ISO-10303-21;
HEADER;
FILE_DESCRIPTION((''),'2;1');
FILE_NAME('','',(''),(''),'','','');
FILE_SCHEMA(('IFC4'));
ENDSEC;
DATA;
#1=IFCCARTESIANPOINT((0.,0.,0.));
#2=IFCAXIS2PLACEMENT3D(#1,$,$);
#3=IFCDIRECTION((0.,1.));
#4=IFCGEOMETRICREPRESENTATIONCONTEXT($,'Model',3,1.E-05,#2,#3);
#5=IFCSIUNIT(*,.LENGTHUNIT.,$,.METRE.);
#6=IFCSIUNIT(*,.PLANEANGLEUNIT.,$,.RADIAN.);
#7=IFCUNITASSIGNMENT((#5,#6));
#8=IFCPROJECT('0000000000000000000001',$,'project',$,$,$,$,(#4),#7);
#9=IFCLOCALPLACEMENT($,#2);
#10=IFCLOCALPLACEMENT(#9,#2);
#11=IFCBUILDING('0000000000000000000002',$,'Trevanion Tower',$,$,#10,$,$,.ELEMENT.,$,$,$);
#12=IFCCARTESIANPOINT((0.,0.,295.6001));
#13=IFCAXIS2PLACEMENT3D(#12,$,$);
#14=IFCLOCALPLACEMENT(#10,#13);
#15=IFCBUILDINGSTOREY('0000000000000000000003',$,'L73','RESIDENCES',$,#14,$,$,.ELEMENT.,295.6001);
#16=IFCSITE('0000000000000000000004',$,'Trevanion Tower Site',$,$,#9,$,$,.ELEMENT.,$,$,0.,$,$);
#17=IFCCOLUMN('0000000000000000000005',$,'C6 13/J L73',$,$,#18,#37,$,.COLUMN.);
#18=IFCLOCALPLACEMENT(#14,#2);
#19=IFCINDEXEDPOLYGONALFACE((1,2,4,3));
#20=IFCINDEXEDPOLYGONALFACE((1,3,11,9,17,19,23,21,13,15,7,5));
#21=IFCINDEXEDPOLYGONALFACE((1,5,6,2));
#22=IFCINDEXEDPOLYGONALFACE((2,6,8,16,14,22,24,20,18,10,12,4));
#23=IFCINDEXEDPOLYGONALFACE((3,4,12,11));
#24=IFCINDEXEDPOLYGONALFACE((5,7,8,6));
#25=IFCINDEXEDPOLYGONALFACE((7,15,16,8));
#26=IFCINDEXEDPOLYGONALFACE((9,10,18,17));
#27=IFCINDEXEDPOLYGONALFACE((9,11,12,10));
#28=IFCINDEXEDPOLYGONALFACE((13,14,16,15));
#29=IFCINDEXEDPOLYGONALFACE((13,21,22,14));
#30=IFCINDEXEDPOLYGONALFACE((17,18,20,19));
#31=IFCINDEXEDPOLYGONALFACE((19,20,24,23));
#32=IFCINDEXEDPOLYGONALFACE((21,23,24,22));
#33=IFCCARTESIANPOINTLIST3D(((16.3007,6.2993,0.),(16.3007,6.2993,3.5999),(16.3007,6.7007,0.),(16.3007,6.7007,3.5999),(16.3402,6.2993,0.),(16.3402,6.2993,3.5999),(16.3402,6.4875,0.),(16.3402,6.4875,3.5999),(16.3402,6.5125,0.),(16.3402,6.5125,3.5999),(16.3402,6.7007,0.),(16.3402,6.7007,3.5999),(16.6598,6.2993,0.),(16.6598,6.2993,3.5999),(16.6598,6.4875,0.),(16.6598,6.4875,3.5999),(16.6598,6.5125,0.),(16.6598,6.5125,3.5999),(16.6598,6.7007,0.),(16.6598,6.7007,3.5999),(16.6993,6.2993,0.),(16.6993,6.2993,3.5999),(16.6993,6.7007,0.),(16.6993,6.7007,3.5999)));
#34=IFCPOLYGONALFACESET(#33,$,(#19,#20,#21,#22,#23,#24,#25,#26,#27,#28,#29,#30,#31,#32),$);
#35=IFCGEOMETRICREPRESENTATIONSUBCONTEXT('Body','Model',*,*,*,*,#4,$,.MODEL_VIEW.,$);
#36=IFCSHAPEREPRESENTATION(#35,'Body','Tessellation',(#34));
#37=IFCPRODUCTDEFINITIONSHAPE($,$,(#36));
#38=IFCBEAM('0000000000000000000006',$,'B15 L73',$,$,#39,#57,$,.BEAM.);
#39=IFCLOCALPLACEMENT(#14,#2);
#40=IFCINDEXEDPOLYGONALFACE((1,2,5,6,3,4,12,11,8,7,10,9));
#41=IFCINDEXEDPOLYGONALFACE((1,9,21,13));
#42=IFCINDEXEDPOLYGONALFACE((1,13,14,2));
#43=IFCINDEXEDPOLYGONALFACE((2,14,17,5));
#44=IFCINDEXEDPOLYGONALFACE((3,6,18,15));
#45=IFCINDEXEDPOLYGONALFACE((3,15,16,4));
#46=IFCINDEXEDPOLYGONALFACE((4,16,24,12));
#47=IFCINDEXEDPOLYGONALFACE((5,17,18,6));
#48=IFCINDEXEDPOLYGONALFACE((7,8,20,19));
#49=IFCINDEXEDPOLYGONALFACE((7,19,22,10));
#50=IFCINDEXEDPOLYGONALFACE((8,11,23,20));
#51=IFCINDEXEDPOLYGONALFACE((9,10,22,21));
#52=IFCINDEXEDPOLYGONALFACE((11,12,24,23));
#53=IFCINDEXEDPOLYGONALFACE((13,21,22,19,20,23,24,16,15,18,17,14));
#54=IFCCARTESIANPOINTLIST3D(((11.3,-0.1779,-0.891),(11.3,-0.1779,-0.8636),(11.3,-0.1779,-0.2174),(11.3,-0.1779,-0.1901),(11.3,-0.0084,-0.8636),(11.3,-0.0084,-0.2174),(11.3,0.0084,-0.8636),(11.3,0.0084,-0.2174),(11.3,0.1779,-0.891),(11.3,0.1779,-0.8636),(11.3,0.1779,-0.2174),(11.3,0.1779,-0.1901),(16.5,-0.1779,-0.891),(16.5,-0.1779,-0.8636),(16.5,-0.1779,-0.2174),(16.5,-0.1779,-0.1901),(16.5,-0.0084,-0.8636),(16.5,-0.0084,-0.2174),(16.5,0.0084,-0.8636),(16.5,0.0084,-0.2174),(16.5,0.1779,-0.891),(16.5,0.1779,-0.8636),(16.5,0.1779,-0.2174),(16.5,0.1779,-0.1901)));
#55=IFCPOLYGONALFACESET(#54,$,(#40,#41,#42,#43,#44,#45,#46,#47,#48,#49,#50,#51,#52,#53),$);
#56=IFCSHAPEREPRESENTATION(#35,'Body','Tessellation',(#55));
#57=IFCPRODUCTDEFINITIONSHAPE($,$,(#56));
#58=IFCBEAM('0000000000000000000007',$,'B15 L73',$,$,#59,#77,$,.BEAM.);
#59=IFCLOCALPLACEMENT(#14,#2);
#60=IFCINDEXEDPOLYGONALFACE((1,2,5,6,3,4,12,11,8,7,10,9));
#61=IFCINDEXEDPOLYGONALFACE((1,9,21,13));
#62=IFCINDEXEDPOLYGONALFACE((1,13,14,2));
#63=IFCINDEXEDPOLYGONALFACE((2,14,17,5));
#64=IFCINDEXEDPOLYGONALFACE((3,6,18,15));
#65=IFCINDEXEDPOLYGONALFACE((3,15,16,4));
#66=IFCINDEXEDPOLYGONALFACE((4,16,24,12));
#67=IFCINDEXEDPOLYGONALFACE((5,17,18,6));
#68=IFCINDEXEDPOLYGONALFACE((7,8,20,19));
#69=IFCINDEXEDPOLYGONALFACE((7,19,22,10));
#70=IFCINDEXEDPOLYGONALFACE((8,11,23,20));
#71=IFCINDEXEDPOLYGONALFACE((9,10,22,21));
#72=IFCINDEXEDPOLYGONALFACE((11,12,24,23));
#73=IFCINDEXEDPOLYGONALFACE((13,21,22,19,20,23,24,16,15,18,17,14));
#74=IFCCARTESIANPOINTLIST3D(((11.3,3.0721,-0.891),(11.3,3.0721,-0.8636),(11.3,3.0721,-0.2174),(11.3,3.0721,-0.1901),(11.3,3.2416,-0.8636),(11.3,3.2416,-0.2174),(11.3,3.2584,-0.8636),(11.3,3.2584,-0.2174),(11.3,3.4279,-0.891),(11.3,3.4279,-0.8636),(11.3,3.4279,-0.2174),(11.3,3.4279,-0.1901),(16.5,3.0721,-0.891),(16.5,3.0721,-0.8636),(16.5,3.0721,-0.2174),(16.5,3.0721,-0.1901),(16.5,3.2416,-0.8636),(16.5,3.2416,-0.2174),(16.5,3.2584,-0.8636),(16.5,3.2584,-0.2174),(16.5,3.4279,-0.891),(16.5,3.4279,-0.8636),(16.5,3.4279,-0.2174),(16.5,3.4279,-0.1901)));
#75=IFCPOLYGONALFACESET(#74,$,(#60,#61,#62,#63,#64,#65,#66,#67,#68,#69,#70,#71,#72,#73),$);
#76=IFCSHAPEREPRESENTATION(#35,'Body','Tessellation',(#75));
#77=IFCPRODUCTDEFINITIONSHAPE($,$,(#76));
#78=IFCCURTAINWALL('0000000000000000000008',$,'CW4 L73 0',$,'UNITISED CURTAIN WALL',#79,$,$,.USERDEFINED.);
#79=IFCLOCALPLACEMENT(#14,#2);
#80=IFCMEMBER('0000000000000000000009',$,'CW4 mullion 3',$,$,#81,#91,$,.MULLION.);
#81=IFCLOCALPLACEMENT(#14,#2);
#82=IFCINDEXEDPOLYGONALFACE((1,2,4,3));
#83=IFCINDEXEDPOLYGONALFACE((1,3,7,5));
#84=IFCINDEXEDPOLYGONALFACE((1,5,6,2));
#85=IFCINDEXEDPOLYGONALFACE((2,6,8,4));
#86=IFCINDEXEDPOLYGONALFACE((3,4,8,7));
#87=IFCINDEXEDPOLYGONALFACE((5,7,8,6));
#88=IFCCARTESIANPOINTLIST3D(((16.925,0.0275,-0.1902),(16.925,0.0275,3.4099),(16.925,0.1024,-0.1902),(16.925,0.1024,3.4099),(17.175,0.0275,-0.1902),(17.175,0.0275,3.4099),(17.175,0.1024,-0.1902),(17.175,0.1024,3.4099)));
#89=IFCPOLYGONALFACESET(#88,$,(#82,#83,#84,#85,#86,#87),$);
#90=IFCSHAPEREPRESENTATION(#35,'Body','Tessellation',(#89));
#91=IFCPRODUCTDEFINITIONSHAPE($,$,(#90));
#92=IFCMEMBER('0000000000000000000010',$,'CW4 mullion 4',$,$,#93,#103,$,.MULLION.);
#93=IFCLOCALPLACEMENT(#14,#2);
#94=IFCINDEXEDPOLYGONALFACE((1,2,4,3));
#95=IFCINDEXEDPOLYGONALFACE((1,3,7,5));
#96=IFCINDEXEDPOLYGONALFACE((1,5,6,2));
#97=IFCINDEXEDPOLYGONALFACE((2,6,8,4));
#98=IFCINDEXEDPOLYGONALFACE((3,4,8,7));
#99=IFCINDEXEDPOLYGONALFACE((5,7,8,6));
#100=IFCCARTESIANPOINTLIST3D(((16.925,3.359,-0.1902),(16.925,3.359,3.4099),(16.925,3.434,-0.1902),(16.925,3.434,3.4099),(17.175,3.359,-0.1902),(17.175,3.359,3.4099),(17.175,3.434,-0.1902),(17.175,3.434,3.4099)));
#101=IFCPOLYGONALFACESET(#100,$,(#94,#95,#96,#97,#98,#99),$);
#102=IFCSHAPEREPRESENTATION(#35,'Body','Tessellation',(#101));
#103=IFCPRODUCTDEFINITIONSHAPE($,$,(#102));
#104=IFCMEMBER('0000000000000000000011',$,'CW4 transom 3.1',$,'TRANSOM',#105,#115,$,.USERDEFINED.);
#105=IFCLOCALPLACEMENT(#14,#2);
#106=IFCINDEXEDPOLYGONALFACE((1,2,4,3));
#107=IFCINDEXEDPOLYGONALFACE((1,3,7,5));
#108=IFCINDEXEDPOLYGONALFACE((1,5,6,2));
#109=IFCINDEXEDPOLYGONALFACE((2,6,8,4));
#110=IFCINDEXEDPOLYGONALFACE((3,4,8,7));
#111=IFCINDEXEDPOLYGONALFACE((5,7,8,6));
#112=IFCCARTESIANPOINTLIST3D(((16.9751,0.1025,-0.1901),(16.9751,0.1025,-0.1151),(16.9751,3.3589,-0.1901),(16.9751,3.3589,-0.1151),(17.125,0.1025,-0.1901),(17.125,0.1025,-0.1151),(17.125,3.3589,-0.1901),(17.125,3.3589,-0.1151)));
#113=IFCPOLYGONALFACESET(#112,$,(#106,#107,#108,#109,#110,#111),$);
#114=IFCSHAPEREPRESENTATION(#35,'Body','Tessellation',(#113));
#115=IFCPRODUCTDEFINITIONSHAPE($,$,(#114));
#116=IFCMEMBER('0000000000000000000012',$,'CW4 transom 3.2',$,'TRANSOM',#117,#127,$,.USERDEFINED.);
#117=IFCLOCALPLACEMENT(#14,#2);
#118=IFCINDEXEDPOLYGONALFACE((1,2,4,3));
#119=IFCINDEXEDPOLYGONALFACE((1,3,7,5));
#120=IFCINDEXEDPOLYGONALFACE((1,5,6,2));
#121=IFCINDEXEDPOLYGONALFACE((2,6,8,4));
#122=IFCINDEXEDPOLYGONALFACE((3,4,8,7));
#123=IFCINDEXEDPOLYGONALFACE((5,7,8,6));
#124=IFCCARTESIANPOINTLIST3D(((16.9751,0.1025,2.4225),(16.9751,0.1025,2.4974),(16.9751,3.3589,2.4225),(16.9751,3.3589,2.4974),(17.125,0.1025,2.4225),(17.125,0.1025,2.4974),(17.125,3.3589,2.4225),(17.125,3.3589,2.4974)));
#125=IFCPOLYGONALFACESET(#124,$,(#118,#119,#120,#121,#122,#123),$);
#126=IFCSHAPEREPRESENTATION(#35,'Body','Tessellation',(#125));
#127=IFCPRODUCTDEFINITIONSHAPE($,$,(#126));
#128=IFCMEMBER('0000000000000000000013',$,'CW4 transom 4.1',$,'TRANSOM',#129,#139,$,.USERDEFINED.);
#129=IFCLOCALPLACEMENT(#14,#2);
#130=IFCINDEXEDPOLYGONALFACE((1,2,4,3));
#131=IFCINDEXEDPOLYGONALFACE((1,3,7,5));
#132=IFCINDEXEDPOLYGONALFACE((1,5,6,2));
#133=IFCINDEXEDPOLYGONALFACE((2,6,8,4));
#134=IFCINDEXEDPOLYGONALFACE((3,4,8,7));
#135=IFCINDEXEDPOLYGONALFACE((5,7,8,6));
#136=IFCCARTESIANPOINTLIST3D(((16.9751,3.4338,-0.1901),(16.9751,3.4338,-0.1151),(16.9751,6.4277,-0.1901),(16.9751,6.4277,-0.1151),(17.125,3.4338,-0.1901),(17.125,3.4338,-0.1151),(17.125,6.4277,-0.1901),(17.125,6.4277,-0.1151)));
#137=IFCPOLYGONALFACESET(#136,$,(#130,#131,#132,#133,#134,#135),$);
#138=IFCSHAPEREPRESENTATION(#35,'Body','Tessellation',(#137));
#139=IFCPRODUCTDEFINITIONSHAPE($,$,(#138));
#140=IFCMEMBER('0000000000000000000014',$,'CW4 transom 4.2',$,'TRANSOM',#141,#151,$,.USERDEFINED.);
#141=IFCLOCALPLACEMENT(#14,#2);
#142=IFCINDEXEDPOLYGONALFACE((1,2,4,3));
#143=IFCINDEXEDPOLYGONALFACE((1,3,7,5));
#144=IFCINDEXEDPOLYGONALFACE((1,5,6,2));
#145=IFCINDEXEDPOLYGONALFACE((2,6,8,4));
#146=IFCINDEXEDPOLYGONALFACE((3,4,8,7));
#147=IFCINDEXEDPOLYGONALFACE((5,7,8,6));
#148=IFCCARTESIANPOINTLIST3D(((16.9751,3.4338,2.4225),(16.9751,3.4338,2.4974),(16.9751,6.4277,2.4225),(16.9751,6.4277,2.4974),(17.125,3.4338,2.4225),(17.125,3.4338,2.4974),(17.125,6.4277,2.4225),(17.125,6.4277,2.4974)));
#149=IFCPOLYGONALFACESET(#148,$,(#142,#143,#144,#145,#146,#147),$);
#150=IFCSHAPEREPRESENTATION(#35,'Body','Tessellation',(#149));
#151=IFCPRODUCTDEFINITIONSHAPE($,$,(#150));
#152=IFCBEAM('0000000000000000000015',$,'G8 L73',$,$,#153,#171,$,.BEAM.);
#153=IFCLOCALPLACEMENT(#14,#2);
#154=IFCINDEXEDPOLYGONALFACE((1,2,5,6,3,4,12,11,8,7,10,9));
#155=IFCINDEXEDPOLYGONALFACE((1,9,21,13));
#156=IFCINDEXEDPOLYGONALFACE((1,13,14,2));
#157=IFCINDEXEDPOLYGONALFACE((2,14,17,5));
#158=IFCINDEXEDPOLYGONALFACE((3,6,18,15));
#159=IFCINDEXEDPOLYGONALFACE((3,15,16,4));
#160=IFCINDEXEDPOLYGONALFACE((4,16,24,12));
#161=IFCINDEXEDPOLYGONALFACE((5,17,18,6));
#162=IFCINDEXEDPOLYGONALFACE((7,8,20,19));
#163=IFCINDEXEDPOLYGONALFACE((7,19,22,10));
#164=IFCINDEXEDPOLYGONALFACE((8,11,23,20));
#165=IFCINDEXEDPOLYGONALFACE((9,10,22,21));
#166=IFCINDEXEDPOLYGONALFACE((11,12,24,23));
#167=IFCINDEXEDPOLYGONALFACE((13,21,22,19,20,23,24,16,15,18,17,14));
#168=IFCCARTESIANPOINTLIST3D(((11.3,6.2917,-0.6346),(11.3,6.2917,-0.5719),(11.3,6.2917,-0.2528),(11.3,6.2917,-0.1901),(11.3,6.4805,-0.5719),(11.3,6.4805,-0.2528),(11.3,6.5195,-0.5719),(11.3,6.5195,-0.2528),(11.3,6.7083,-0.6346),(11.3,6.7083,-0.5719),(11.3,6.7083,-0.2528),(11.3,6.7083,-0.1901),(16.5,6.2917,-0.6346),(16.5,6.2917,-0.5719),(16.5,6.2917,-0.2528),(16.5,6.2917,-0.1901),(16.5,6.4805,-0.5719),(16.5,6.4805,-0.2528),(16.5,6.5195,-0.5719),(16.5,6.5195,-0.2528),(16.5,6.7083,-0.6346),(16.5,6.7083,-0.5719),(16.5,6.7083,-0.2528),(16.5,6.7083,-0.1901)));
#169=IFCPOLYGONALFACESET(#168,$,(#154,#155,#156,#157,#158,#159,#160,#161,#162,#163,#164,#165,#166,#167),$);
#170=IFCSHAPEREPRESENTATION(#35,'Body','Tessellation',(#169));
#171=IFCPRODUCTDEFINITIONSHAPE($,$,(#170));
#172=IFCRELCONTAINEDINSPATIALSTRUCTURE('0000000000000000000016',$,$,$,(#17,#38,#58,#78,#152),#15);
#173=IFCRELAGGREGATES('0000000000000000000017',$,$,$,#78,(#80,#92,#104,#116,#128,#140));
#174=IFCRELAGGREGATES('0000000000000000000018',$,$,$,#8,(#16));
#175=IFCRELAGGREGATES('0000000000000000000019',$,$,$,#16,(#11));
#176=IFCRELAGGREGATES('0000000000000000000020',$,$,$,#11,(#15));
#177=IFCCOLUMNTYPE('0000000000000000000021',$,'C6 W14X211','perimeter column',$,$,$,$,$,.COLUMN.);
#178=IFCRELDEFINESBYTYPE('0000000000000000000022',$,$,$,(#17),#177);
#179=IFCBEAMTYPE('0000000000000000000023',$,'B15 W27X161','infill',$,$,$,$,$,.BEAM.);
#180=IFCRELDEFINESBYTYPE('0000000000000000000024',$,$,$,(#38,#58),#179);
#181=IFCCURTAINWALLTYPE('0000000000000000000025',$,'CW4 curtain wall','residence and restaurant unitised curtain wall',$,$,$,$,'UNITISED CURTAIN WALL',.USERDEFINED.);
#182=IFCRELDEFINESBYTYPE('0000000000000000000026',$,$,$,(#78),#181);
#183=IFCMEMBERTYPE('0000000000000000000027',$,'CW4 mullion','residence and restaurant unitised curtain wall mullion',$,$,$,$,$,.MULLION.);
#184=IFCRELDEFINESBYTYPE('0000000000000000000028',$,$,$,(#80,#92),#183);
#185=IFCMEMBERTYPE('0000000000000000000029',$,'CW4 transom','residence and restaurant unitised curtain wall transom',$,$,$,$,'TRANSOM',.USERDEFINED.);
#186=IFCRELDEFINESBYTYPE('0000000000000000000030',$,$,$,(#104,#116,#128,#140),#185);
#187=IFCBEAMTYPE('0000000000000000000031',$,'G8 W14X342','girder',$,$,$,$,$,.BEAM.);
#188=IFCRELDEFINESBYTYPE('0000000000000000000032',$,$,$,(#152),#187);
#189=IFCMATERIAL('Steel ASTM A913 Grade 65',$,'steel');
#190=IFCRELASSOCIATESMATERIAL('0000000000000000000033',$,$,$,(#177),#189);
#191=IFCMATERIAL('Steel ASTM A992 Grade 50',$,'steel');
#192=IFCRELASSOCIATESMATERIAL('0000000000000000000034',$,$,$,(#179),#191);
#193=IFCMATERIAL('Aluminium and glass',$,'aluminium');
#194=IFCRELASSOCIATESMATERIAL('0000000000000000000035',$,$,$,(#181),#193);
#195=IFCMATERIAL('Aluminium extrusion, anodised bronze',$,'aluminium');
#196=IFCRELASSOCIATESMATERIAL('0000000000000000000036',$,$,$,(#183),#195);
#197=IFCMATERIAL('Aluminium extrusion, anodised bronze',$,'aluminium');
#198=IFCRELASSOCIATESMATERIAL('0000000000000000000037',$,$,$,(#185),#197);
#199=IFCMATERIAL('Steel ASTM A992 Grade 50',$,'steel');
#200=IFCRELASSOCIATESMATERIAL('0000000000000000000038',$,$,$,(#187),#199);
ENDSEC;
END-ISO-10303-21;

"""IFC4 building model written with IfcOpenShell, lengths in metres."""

from ifc_helpers import new_model, si_unit, direction, frame, origin, origin_2d, place, context, subcontext, project, spatial, rectangle, i_section, extrude, material, material_profile, profile_set, type_object, element, aggregate, save


model = new_model("IFC4")

# Units and contexts
model_context = context("Model", 3, precision=1e-05, world=origin(), true_north=direction((0.0, 1.0)))
body_context = subcontext(model_context, "Body", "Model", "MODEL_VIEW")
ifc_project = project(units=[si_unit("LENGTHUNIT", "METRE"), si_unit("PLANEANGLEUNIT", "RADIAN")], contexts=[model_context])

# Site, building, storey
site_placement = place(None, origin())
site = spatial("IfcSite", under=ifc_project, at=site_placement, Name="Trevanion Tower Site", CompositionType="ELEMENT", RefElevation=0.0)
building_placement = place(site_placement, origin())
building = spatial("IfcBuilding", under=site, at=building_placement, Name="Trevanion Tower", CompositionType="ELEMENT")
storey_placement = place(building_placement, frame((0.0, 0.0, 295.6001)))
storey = spatial("IfcBuildingStorey", under=building, at=storey_placement, Name="L73", Description="RESIDENCES", CompositionType="ELEMENT", Elevation=295.6001)

# Column
ifc_material_1 = material(Name="Steel ASTM A913 Grade 65", Category="steel")
ifc_material_profile_1 = material_profile(ifc_material_1, i_section(OverallWidth=0.4014, OverallDepth=0.3987, WebThickness=0.0249, FlangeThickness=0.0396, at=origin_2d()), Name="W14X211")
ifc_profile_set_1 = profile_set([ifc_material_profile_1], Name="Steel ASTM A913 Grade 65")
column_type = type_object("IfcColumnType", Name="C6 W14X211", Description="perimeter column", PredefinedType="COLUMN", material=ifc_profile_set_1)
column_placement = place(storey_placement, frame((16.5, 6.5, 0.0), z_axis=(0.0, 0.0, 1.0), x_axis=(0.0, 1.0, 0.0)))
element("IfcColumn", 1, at=column_placement, inside=storey, type_object=column_type, Name="C6 13/J L73", PredefinedType="COLUMN", context=body_context, shape_type="SweptSolid", body=[
    extrude(i_section(OverallWidth=0.4014, OverallDepth=0.3987, WebThickness=0.0249, FlangeThickness=0.0396, at=origin_2d()), origin(), (0.0, 0.0, 1.0), 3.5999),
])

# Beams
ifc_material_2 = material(Name="Steel ASTM A992 Grade 50", Category="steel")
ifc_material_profile_2 = material_profile(ifc_material_2, i_section(OverallWidth=0.3557, OverallDepth=0.7009, WebThickness=0.0168, FlangeThickness=0.0273, at=origin_2d()), Name="W27X161")
ifc_profile_set_2 = profile_set([ifc_material_profile_2], Name="Steel ASTM A992 Grade 50")
beam_type_1 = type_object("IfcBeamType", Name="B15 W27X161", Description="infill", PredefinedType="BEAM", material=ifc_profile_set_2)
for number, where, z_axis, x_axis, name in (
    (2, (11.3, 0.0, -0.5405), (1.0, 0.0, 0.0), (0.0, 1.0, 0.0), "B15 L73"),
    (3, (11.3, 3.25, -0.5405), (1.0, 0.0, 0.0), (0.0, 1.0, 0.0), "B15 L73"),
):
    element("IfcBeam", number, at=place(storey_placement, frame(where, z_axis=z_axis, x_axis=x_axis)), inside=storey, type_object=beam_type_1, Name=name, PredefinedType="BEAM", context=body_context, shape_type="SweptSolid", body=[
        extrude(i_section(OverallWidth=0.3557, OverallDepth=0.7009, WebThickness=0.0168, FlangeThickness=0.0273, at=origin_2d()), origin(), (0.0, 0.0, 1.0), 5.2),
    ])

# Curtain wall, members
ifc_material_3 = material(Name="Aluminium and glass", Category="aluminium")
curtain_wall_type = type_object("IfcCurtainWallType", Name="CW4 curtain wall", Description="residence and restaurant unitised curtain wall", ElementType="UNITISED CURTAIN WALL", PredefinedType="USERDEFINED", material=ifc_material_3)
curtain_wall_placement = place(storey_placement, origin())
curtain_wall = element("IfcCurtainWall", 4, at=curtain_wall_placement, inside=storey, type_object=curtain_wall_type, Name="CW4 L73 0", ObjectType="UNITISED CURTAIN WALL", PredefinedType="USERDEFINED")
ifc_material_4 = material(Name="Aluminium extrusion, anodised bronze", Category="aluminium")
ifc_material_profile_3 = material_profile(ifc_material_4, rectangle(XDim=0.075, YDim=0.25, at=origin_2d()), Name="CW4 mullion")
ifc_profile_set_3 = profile_set([ifc_material_profile_3], Name="Aluminium extrusion, anodised bronze")
member_type_1 = type_object("IfcMemberType", Name="CW4 mullion", Description="residence and restaurant unitised curtain wall mullion", PredefinedType="MULLION", material=ifc_profile_set_3)
member_1_placement = place(storey_placement, frame((17.05, 0.0649, -0.1902), z_axis=(0.0, 0.0, 1.0), x_axis=(0.0, 1.0, 0.0)))
member_1 = element("IfcMember", 5, at=member_1_placement, type_object=member_type_1, Name="CW4 mullion 3", PredefinedType="MULLION", context=body_context, shape_type="SweptSolid", body=[
    extrude(rectangle(XDim=0.075, YDim=0.25, at=origin_2d()), origin(), (0.0, 0.0, 1.0), 3.6001),
])
member_2_placement = place(storey_placement, frame((17.05, 3.3965, -0.1902), z_axis=(0.0, 0.0, 1.0), x_axis=(0.0, 1.0, 0.0)))
member_2 = element("IfcMember", 6, at=member_2_placement, type_object=member_type_1, Name="CW4 mullion 4", PredefinedType="MULLION", context=body_context, shape_type="SweptSolid", body=[
    extrude(rectangle(XDim=0.075, YDim=0.25, at=origin_2d()), origin(), (0.0, 0.0, 1.0), 3.6001),
])
ifc_material_5 = material(Name="Aluminium extrusion, anodised bronze", Category="aluminium")
ifc_material_profile_4 = material_profile(ifc_material_5, rectangle(XDim=0.1499, YDim=0.075, at=origin_2d()), Name="CW4 transom")
ifc_profile_set_4 = profile_set([ifc_material_profile_4], Name="Aluminium extrusion, anodised bronze")
member_type_2 = type_object("IfcMemberType", Name="CW4 transom", Description="residence and restaurant unitised curtain wall transom", ElementType="TRANSOM", PredefinedType="USERDEFINED", material=ifc_profile_set_4)
member_3_placement = place(storey_placement, frame((17.05, 0.1025, -0.1526), z_axis=(0.0, 1.0, 0.0), x_axis=(-1.0, 0.0, 0.0)))
member_3 = element("IfcMember", 7, at=member_3_placement, type_object=member_type_2, Name="CW4 transom 3.1", ObjectType="TRANSOM", PredefinedType="USERDEFINED", context=body_context, shape_type="SweptSolid", body=[
    extrude(rectangle(XDim=0.1499, YDim=0.075, at=origin_2d()), origin(), (0.0, 0.0, 1.0), 3.2563),
])
member_4_placement = place(storey_placement, frame((17.05, 0.1025, 2.46), z_axis=(0.0, 1.0, 0.0), x_axis=(-1.0, 0.0, 0.0)))
member_4 = element("IfcMember", 8, at=member_4_placement, type_object=member_type_2, Name="CW4 transom 3.2", ObjectType="TRANSOM", PredefinedType="USERDEFINED", context=body_context, shape_type="SweptSolid", body=[
    extrude(rectangle(XDim=0.1499, YDim=0.075, at=origin_2d()), origin(), (0.0, 0.0, 1.0), 3.2563),
])
member_5_placement = place(storey_placement, frame((17.05, 3.4338, -0.1526), z_axis=(0.0, 1.0, 0.0), x_axis=(-1.0, 0.0, 0.0)))
member_5 = element("IfcMember", 9, at=member_5_placement, type_object=member_type_2, Name="CW4 transom 4.1", ObjectType="TRANSOM", PredefinedType="USERDEFINED", context=body_context, shape_type="SweptSolid", body=[
    extrude(rectangle(XDim=0.1499, YDim=0.075, at=origin_2d()), origin(), (0.0, 0.0, 1.0), 2.9939),
])
member_6_placement = place(storey_placement, frame((17.05, 3.4338, 2.46), z_axis=(0.0, 1.0, 0.0), x_axis=(-1.0, 0.0, 0.0)))
member_6 = element("IfcMember", 10, at=member_6_placement, type_object=member_type_2, Name="CW4 transom 4.2", ObjectType="TRANSOM", PredefinedType="USERDEFINED", context=body_context, shape_type="SweptSolid", body=[
    extrude(rectangle(XDim=0.1499, YDim=0.075, at=origin_2d()), origin(), (0.0, 0.0, 1.0), 2.9939),
])

# Beam
ifc_material_6 = material(Name="Steel ASTM A992 Grade 50", Category="steel")
ifc_material_profile_5 = material_profile(ifc_material_6, i_section(OverallWidth=0.4165, OverallDepth=0.4446, WebThickness=0.0391, FlangeThickness=0.0627, at=origin_2d()), Name="W14X342")
ifc_profile_set_5 = profile_set([ifc_material_profile_5], Name="Steel ASTM A992 Grade 50")
beam_type_2 = type_object("IfcBeamType", Name="G8 W14X342", Description="girder", PredefinedType="BEAM", material=ifc_profile_set_5)
beam_1_placement = place(storey_placement, frame((11.3, 6.5, -0.4124), z_axis=(1.0, 0.0, 0.0), x_axis=(0.0, 1.0, 0.0)))
element("IfcBeam", 11, at=beam_1_placement, inside=storey, type_object=beam_type_2, Name="G8 L73", PredefinedType="BEAM", context=body_context, shape_type="SweptSolid", body=[
    extrude(i_section(OverallWidth=0.4165, OverallDepth=0.4446, WebThickness=0.0391, FlangeThickness=0.0627, at=origin_2d()), origin(), (0.0, 0.0, 1.0), 5.2),
])

aggregate(curtain_wall, [member_1, member_2, member_3, member_4, member_5, member_6])

save(model, "model.ifc")
